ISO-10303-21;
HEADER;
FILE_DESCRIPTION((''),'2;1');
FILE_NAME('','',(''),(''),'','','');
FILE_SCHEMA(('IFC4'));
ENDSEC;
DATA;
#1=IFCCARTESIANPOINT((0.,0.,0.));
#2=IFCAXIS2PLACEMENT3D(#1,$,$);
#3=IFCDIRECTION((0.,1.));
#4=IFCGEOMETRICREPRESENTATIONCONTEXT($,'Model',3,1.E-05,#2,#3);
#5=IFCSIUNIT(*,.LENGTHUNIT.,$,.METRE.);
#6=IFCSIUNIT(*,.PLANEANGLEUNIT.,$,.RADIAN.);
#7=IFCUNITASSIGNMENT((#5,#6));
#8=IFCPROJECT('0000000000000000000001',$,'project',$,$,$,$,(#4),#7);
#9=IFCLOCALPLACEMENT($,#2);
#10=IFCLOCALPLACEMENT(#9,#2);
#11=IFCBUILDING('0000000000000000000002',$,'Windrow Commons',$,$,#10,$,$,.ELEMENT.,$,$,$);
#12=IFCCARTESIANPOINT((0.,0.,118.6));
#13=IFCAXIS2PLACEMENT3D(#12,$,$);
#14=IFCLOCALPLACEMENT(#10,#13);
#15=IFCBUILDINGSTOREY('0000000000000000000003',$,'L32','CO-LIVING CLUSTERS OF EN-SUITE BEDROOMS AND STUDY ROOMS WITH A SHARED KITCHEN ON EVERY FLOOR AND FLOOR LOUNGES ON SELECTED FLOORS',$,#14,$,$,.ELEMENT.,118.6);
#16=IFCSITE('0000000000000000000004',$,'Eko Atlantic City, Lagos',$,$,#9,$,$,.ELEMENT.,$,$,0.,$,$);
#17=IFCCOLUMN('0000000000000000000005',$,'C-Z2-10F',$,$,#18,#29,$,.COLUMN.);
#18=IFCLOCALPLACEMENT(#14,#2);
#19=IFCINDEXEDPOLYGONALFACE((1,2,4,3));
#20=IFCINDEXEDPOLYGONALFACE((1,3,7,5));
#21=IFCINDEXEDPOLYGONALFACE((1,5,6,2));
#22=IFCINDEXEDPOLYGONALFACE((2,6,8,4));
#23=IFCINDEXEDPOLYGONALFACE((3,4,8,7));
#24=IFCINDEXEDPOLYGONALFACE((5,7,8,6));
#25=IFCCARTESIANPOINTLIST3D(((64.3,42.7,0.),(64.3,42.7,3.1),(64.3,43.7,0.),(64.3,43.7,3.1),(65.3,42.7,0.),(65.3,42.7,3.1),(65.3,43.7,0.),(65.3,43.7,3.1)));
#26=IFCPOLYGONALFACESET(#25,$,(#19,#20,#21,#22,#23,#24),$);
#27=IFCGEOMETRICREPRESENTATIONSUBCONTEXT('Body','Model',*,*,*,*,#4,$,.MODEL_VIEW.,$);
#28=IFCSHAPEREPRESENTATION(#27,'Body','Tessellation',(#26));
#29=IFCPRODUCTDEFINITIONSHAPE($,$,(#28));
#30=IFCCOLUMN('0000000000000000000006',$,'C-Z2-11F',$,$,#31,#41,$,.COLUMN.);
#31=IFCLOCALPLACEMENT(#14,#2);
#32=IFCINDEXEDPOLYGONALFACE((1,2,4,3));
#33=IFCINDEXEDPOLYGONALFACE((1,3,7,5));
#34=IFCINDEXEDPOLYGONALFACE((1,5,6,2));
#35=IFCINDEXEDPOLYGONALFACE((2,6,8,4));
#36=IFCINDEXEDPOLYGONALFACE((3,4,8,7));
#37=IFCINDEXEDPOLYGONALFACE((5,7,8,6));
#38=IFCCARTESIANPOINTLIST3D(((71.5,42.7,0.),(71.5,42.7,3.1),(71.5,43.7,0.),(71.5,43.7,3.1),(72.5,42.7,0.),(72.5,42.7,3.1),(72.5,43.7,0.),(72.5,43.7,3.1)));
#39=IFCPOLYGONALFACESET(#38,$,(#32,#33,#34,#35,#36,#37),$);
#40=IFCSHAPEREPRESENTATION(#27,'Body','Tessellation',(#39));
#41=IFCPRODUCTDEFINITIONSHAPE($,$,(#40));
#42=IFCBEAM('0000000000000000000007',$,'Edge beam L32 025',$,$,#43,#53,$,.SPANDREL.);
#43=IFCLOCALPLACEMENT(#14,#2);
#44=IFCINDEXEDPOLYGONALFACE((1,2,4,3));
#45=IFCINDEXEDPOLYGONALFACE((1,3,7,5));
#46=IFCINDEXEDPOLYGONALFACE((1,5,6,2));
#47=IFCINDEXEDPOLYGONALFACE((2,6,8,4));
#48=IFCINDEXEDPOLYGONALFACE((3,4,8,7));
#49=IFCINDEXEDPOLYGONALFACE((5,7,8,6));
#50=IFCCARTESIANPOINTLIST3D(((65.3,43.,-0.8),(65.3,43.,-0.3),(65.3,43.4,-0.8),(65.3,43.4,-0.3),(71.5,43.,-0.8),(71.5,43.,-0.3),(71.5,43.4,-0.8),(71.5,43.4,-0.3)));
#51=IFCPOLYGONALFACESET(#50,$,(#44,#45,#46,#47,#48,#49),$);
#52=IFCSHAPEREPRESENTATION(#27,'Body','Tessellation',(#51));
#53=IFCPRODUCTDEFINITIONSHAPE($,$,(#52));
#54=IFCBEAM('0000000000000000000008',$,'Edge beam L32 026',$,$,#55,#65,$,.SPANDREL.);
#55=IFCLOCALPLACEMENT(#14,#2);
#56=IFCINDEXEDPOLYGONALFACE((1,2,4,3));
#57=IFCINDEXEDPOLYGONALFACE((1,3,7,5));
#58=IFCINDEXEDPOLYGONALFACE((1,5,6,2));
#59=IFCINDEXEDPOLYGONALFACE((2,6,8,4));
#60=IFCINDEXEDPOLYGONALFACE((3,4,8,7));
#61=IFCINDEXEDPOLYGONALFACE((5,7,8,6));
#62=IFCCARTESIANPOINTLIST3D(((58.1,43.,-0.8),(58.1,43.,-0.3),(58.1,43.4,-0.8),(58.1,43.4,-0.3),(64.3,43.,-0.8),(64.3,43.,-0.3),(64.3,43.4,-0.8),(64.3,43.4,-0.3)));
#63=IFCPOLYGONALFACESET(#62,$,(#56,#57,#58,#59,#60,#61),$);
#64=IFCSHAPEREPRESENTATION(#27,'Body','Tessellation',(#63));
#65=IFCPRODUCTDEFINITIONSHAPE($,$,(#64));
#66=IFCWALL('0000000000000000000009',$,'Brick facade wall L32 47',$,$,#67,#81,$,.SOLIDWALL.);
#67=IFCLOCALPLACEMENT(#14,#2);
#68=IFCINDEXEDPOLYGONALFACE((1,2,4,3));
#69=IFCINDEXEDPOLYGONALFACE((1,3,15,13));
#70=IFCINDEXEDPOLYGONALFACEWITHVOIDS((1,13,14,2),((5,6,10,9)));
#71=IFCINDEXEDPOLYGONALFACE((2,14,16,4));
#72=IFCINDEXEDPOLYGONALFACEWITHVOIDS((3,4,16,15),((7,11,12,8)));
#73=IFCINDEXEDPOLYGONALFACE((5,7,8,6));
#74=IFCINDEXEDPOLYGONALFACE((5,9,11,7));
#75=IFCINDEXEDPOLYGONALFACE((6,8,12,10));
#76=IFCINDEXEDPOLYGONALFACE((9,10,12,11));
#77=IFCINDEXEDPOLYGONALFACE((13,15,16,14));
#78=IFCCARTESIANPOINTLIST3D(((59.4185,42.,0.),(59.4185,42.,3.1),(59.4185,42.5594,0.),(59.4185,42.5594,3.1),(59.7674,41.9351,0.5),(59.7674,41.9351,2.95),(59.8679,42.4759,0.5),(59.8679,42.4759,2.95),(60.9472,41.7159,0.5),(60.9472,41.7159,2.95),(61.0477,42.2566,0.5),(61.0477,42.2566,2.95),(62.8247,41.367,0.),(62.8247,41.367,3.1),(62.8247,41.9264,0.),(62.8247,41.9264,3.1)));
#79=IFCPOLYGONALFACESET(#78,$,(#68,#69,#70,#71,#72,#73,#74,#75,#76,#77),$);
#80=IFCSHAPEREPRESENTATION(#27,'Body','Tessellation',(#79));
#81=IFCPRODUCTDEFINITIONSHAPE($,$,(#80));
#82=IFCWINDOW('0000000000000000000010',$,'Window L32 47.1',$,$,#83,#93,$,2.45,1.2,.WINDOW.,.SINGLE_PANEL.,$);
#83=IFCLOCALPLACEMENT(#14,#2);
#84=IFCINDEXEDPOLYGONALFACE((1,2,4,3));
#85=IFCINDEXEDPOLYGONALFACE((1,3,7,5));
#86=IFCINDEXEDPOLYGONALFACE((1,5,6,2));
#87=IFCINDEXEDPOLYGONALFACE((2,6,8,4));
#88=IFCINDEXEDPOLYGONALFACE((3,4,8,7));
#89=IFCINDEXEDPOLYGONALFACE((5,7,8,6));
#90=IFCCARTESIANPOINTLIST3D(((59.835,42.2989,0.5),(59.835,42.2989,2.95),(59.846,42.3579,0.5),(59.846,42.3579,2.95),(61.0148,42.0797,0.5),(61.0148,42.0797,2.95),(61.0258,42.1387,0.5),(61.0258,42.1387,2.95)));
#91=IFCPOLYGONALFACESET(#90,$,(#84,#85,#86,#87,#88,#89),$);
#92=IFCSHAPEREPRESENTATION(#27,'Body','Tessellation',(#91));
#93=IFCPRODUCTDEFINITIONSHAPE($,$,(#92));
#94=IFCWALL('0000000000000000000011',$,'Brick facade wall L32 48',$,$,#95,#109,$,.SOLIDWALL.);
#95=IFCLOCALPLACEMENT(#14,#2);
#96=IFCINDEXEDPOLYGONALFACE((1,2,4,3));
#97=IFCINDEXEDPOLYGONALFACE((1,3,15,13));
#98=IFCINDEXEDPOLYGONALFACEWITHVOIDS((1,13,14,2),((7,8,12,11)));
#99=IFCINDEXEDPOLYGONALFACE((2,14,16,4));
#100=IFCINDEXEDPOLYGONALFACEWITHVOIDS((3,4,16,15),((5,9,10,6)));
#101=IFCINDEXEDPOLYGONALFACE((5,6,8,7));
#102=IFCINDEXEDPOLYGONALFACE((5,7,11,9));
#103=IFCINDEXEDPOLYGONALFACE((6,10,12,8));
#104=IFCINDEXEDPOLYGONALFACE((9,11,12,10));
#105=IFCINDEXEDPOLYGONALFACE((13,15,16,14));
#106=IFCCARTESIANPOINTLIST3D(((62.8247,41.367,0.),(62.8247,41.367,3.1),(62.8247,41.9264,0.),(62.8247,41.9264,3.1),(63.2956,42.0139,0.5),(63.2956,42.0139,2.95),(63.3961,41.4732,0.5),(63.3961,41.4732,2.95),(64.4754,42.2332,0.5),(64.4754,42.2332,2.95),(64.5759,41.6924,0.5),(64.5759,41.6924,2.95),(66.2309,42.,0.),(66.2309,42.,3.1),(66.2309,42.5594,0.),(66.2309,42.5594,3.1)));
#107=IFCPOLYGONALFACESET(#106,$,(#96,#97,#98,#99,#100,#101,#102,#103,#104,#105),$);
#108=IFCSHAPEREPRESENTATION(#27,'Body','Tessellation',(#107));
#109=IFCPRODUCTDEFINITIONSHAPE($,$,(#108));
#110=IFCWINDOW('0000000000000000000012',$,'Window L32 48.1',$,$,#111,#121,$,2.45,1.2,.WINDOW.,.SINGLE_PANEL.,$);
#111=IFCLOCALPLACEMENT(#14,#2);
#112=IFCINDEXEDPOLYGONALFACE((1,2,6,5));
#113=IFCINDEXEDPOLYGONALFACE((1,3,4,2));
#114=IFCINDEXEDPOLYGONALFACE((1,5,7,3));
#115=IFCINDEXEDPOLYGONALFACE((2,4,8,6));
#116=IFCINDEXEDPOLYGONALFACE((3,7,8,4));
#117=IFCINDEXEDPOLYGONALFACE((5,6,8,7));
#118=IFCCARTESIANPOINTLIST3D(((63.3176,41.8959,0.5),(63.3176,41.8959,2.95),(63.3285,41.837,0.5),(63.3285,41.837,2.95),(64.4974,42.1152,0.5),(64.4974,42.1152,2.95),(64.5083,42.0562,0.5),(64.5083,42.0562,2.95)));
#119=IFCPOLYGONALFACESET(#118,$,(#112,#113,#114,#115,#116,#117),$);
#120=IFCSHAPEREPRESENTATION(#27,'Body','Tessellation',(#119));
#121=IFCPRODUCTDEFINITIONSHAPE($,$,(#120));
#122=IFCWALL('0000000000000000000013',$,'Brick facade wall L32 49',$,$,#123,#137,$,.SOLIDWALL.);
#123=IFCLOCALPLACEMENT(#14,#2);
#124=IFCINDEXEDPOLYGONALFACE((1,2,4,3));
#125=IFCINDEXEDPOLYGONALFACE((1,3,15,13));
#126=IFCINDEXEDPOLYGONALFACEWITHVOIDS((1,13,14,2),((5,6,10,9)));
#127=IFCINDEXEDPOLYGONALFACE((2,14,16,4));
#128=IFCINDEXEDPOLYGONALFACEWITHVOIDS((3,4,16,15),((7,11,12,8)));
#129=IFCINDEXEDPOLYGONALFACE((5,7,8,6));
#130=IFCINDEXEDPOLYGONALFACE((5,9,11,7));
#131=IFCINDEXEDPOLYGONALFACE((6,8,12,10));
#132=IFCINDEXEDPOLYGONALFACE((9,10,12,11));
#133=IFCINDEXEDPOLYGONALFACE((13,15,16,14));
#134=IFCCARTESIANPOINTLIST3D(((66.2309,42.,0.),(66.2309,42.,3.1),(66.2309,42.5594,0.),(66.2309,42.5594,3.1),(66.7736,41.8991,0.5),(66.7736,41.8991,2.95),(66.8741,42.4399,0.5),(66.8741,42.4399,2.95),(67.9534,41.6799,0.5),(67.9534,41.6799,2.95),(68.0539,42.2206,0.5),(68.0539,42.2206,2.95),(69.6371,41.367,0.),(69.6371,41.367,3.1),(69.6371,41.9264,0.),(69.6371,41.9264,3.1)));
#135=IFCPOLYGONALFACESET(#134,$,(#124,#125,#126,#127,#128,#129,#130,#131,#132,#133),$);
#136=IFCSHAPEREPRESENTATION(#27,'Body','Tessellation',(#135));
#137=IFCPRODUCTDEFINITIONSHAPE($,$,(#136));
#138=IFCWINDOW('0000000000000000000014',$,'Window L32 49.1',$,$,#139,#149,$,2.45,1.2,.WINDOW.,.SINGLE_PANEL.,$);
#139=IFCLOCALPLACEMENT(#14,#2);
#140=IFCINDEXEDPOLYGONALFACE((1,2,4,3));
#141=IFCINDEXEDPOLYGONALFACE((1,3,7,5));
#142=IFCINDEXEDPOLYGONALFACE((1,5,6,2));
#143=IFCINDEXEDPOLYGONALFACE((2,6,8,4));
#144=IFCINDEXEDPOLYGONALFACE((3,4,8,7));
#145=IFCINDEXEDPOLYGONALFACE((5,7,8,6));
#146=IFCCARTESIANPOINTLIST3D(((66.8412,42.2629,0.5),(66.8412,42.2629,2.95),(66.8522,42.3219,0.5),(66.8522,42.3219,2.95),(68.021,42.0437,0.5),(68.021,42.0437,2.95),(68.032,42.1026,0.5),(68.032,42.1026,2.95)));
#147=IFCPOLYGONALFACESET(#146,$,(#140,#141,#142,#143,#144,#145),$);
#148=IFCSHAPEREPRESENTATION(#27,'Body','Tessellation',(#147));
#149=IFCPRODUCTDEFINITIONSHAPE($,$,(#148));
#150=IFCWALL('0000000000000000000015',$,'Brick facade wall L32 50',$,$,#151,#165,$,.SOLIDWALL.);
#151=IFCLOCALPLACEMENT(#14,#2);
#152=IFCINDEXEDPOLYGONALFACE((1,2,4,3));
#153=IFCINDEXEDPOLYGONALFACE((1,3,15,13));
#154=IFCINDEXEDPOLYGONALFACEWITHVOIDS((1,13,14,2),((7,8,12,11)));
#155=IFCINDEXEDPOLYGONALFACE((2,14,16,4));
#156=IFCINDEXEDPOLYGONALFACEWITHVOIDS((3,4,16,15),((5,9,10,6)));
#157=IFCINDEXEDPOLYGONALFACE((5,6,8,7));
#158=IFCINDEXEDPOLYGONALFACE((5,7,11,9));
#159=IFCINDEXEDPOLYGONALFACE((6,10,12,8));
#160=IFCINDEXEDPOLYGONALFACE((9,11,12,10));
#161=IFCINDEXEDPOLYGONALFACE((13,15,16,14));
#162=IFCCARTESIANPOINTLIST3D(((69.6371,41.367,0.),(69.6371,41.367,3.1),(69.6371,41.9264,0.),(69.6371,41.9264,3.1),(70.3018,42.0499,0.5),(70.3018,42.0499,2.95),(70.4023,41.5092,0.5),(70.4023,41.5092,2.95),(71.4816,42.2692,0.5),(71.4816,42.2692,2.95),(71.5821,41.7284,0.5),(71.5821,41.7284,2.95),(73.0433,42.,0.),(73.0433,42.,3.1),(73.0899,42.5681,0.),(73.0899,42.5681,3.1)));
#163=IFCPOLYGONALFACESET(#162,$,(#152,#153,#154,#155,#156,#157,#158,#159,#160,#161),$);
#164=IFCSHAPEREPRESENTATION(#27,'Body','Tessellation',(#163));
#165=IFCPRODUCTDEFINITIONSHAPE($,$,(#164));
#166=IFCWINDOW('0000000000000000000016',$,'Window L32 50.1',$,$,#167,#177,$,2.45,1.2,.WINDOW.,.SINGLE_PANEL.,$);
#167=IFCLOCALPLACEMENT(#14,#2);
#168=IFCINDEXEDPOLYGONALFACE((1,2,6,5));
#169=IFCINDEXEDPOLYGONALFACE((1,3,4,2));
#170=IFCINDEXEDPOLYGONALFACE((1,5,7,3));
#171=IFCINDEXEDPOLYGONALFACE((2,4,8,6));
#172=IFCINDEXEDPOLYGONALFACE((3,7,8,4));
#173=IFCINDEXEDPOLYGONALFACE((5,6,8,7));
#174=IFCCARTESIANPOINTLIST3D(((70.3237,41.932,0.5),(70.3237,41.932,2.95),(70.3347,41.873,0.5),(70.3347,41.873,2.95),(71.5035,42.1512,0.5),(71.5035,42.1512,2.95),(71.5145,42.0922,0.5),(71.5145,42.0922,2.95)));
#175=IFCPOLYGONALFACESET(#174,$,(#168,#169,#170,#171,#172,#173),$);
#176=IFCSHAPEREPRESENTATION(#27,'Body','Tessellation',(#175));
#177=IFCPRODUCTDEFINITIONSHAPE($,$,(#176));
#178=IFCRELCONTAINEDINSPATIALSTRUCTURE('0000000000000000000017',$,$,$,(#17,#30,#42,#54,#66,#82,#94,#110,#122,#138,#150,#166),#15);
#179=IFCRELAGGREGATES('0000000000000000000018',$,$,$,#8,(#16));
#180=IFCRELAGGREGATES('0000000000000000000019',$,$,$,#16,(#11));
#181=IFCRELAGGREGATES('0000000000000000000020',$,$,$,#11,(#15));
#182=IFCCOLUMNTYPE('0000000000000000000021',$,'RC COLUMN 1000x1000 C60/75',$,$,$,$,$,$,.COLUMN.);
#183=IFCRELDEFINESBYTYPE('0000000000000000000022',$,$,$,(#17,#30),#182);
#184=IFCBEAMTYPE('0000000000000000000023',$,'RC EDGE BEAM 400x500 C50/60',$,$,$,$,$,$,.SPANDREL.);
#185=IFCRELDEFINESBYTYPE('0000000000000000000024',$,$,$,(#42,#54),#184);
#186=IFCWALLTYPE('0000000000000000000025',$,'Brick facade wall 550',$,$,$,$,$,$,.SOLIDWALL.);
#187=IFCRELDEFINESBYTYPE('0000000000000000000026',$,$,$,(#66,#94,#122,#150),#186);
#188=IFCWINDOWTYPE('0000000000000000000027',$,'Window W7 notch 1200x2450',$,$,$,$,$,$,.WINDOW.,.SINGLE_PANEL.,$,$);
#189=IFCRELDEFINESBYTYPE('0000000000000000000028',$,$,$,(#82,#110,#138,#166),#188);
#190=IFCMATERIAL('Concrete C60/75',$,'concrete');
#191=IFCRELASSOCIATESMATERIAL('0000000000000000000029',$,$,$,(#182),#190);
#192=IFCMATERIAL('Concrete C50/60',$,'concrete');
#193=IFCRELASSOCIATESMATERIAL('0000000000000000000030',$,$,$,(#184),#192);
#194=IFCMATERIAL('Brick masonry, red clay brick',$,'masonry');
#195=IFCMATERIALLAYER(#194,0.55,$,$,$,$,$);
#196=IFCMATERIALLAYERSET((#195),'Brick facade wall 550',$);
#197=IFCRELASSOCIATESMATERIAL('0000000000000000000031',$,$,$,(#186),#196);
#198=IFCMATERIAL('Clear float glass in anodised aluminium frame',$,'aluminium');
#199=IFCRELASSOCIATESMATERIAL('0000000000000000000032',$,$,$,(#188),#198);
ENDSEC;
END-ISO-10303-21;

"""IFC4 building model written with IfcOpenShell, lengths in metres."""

from ifc_helpers import new_model, si_unit, direction, frame, frame_2d, origin, origin_2d, place, context, subcontext, project, spatial, polyline, rectangle, outline, extrude, material, layer, layer_set, material_profile, profile_set, type_object, element, fill, save


model = new_model("IFC4")

# Units and contexts
model_context = context("Model", 3, precision=1e-05, world=origin(), true_north=direction((0.0, 1.0)))
body_context = subcontext(model_context, "Body", "Model", "MODEL_VIEW")
ifc_project = project(units=[si_unit("LENGTHUNIT", "METRE"), si_unit("PLANEANGLEUNIT", "RADIAN")], contexts=[model_context])

# Site, building, storey
site_placement = place(None, origin())
site = spatial("IfcSite", under=ifc_project, at=site_placement, Name="Eko Atlantic City, Lagos", CompositionType="ELEMENT", RefElevation=0.0)
building_placement = place(site_placement, origin())
building = spatial("IfcBuilding", under=site, at=building_placement, Name="Windrow Commons", CompositionType="ELEMENT")
storey_placement = place(building_placement, frame((0.0, 0.0, 118.6)))
storey = spatial("IfcBuildingStorey", under=building, at=storey_placement, Name="L32", Description="CO-LIVING CLUSTERS OF EN-SUITE BEDROOMS AND STUDY ROOMS WITH A SHARED KITCHEN ON EVERY FLOOR AND FLOOR LOUNGES ON SELECTED FLOORS", CompositionType="ELEMENT", Elevation=118.6)

# Columns
ifc_material_1 = material(Name="Concrete C60/75", Category="concrete")
ifc_material_profile_1 = material_profile(ifc_material_1, rectangle(XDim=1.0, YDim=1.0, at=origin_2d()))
ifc_profile_set_1 = profile_set([ifc_material_profile_1], Name="Concrete C60/75")
column_type = type_object("IfcColumnType", Name="RC COLUMN 1000x1000 C60/75", PredefinedType="COLUMN", material=ifc_profile_set_1)
for number, where, z_axis, x_axis, name in (
    (1, (64.8, 43.2, 0.0), (0.0, 0.0, 1.0), (1.0, 0.0, 0.0), "C-Z2-10F"),
    (2, (72.0, 43.2, 0.0), (0.0, 0.0, 1.0), (1.0, 0.0, 0.0), "C-Z2-11F"),
):
    element("IfcColumn", number, at=place(storey_placement, frame(where, z_axis=z_axis, x_axis=x_axis)), inside=storey, type_object=column_type, Name=name, PredefinedType="COLUMN", context=body_context, shape_type="SweptSolid", body=[
        extrude(rectangle(XDim=1.0, YDim=1.0, at=origin_2d()), origin(), (0.0, 0.0, 1.0), 3.1),
    ])

# Beams
ifc_material_2 = material(Name="Concrete C50/60", Category="concrete")
ifc_material_profile_2 = material_profile(ifc_material_2, rectangle(XDim=0.4, YDim=0.5, at=origin_2d()))
ifc_profile_set_2 = profile_set([ifc_material_profile_2], Name="Concrete C50/60")
beam_type = type_object("IfcBeamType", Name="RC EDGE BEAM 400x500 C50/60", PredefinedType="SPANDREL", material=ifc_profile_set_2)
for number, where, z_axis, x_axis, name in (
    (3, (71.5, 43.2, -0.55), (-1.0, 0.0, 0.0), (0.0, -1.0, 0.0), "Edge beam L32 025"),
    (4, (64.3, 43.2, -0.55), (-1.0, 0.0, 0.0), (0.0, -1.0, 0.0), "Edge beam L32 026"),
):
    element("IfcBeam", number, at=place(storey_placement, frame(where, z_axis=z_axis, x_axis=x_axis)), inside=storey, type_object=beam_type, Name=name, PredefinedType="SPANDREL", context=body_context, shape_type="SweptSolid", body=[
        extrude(rectangle(XDim=0.4, YDim=0.5, at=origin_2d()), origin(), (0.0, 0.0, 1.0), 6.2),
    ])

# Walls, openings, windows
ifc_material_3 = material(Name="Brick masonry, red clay brick", Category="masonry")
ifc_layer_1 = layer(ifc_material_3, 0.55)
ifc_layer_set_1 = layer_set([ifc_layer_1], Name="Brick facade wall 550")
wall_type_1 = type_object("IfcWallType", Name="Brick facade wall 550", PredefinedType="SOLIDWALL", material=ifc_layer_set_1)
wall_1_placement = place(storey_placement, frame((59.4185, 42.2797, 0.0), z_axis=(0.0, 0.0, 1.0), x_axis=(0.983167, -0.182709, 0.0)))
wall_1 = element("IfcWall", 5, at=wall_1_placement, inside=storey, type_object=wall_type_1, Name="Brick facade wall L32 47", PredefinedType="SOLIDWALL", context=body_context, shape_type="SweptSolid", body=[
    extrude(outline(polyline([(0.0511, -0.275), (3.5156, -0.275), (3.4134, 0.275), (-0.0511, 0.275), (0.0511, -0.275)])), origin(), (0.0, 0.0, 1.0), 3.1),
])
opening_1_placement = place(wall_1_placement, frame((0.406, 0.0, 0.5)))
opening_1 = element("IfcOpeningElement", 6, at=opening_1_placement, cuts=wall_1, PredefinedType="OPENING", context=body_context, shape_type="SweptSolid", body=[
    extrude(rectangle(XDim=1.2, YDim=2.45, at=frame_2d((0.6, 1.225))), frame((0.0, 0.285, 0.0), z_axis=(0.0, -1.0, 0.0), x_axis=(1.0, 0.0, 0.0)), (0.0, 0.0, 1.0), 0.57),
])
ifc_material_4 = material(Name="Clear float glass in anodised aluminium frame", Category="aluminium")
window_type = type_object("IfcWindowType", Name="Window W7 notch 1200x2450", PartitioningType="SINGLE_PANEL", PredefinedType="WINDOW", material=ifc_material_4)
window_1_placement = place(opening_1_placement, origin())
window_1 = element("IfcWindow", 7, at=window_1_placement, inside=storey, type_object=window_type, Name="Window L32 47.1", OverallHeight=2.45, OverallWidth=1.2, PartitioningType="SINGLE_PANEL", PredefinedType="WINDOW", context=body_context, shape_type="SweptSolid", body=[
    extrude(rectangle(XDim=1.2, YDim=2.45, at=frame_2d((0.6, 1.225))), frame((0.0, 0.155, 0.0), z_axis=(0.0, -1.0, 0.0), x_axis=(1.0, 0.0, 0.0)), (0.0, 0.0, 1.0), 0.06),
])
fill(opening_1, window_1)
wall_2_placement = place(storey_placement, frame((62.8247, 41.6467, 0.0), z_axis=(0.0, 0.0, 1.0), x_axis=(0.983167, 0.182709, 0.0)))
wall_2 = element("IfcWall", 8, at=wall_2_placement, inside=storey, type_object=wall_type_1, Name="Brick facade wall L32 48", PredefinedType="SOLIDWALL", context=body_context, shape_type="SweptSolid", body=[
    extrude(outline(polyline([(-0.0511, -0.275), (3.4134, -0.275), (3.5156, 0.275), (0.0511, 0.275), (-0.0511, -0.275)])), origin(), (0.0, 0.0, 1.0), 3.1),
])
opening_2_placement = place(wall_2_placement, frame((0.5301, 0.0, 0.5)))
opening_2 = element("IfcOpeningElement", 9, at=opening_2_placement, cuts=wall_2, PredefinedType="OPENING", context=body_context, shape_type="SweptSolid", body=[
    extrude(rectangle(XDim=1.2, YDim=2.45, at=frame_2d((0.6, 1.225))), frame((0.0, 0.285, 0.0), z_axis=(0.0, -1.0, 0.0), x_axis=(1.0, 0.0, 0.0)), (0.0, 0.0, 1.0), 0.57),
])
window_2_placement = place(opening_2_placement, origin())
window_2 = element("IfcWindow", 10, at=window_2_placement, inside=storey, type_object=window_type, Name="Window L32 48.1", OverallHeight=2.45, OverallWidth=1.2, PartitioningType="SINGLE_PANEL", PredefinedType="WINDOW", context=body_context, shape_type="SweptSolid", body=[
    extrude(rectangle(XDim=1.2, YDim=2.45, at=frame_2d((0.6, 1.225))), frame((0.0, 0.155, 0.0), z_axis=(0.0, -1.0, 0.0), x_axis=(1.0, 0.0, 0.0)), (0.0, 0.0, 1.0), 0.06),
])
fill(opening_2, window_2)
wall_3_placement = place(storey_placement, frame((66.2309, 42.2797, 0.0), z_axis=(0.0, 0.0, 1.0), x_axis=(0.983167, -0.182709, 0.0)))
wall_3 = element("IfcWall", 11, at=wall_3_placement, inside=storey, type_object=wall_type_1, Name="Brick facade wall L32 49", PredefinedType="SOLIDWALL", context=body_context, shape_type="SweptSolid", body=[
    extrude(outline(polyline([(0.0511, -0.275), (3.5156, -0.275), (3.4134, 0.275), (-0.0511, 0.275), (0.0511, -0.275)])), origin(), (0.0, 0.0, 1.0), 3.1),
])
opening_3_placement = place(wall_3_placement, frame((0.6031, 0.0, 0.5)))
opening_3 = element("IfcOpeningElement", 12, at=opening_3_placement, cuts=wall_3, PredefinedType="OPENING", context=body_context, shape_type="SweptSolid", body=[
    extrude(rectangle(XDim=1.2, YDim=2.45, at=frame_2d((0.6, 1.225))), frame((0.0, 0.285, 0.0), z_axis=(0.0, -1.0, 0.0), x_axis=(1.0, 0.0, 0.0)), (0.0, 0.0, 1.0), 0.57),
])
window_3_placement = place(opening_3_placement, origin())
window_3 = element("IfcWindow", 13, at=window_3_placement, inside=storey, type_object=window_type, Name="Window L32 49.1", OverallHeight=2.45, OverallWidth=1.2, PartitioningType="SINGLE_PANEL", PredefinedType="WINDOW", context=body_context, shape_type="SweptSolid", body=[
    extrude(rectangle(XDim=1.2, YDim=2.45, at=frame_2d((0.6, 1.225))), frame((0.0, 0.155, 0.0), z_axis=(0.0, -1.0, 0.0), x_axis=(1.0, 0.0, 0.0)), (0.0, 0.0, 1.0), 0.06),
])
fill(opening_3, window_3)
wall_4_placement = place(storey_placement, frame((69.6371, 41.6467, 0.0), z_axis=(0.0, 0.0, 1.0), x_axis=(0.983168, 0.182706, 0.0)))
wall_4 = element("IfcWall", 14, at=wall_4_placement, inside=storey, type_object=wall_type_1, Name="Brick facade wall L32 50", PredefinedType="SOLIDWALL", context=body_context, shape_type="SweptSolid", body=[
    extrude(outline(polyline([(-0.0511, -0.275), (3.4134, -0.275), (3.563, 0.275), (0.0511, 0.275), (-0.0511, -0.275)])), origin(), (0.0, 0.0, 1.0), 3.1),
])
opening_4_placement = place(wall_4_placement, frame((0.7272, 0.0, 0.5)))
opening_4 = element("IfcOpeningElement", 15, at=opening_4_placement, cuts=wall_4, PredefinedType="OPENING", context=body_context, shape_type="SweptSolid", body=[
    extrude(rectangle(XDim=1.2, YDim=2.45, at=frame_2d((0.6, 1.225))), frame((0.0, 0.285, 0.0), z_axis=(0.0, -1.0, 0.0), x_axis=(1.0, 0.0, 0.0)), (0.0, 0.0, 1.0), 0.57),
])
window_4_placement = place(opening_4_placement, origin())
window_4 = element("IfcWindow", 16, at=window_4_placement, inside=storey, type_object=window_type, Name="Window L32 50.1", OverallHeight=2.45, OverallWidth=1.2, PartitioningType="SINGLE_PANEL", PredefinedType="WINDOW", context=body_context, shape_type="SweptSolid", body=[
    extrude(rectangle(XDim=1.2, YDim=2.45, at=frame_2d((0.6, 1.225))), frame((0.0, 0.155, 0.0), z_axis=(0.0, -1.0, 0.0), x_axis=(1.0, 0.0, 0.0)), (0.0, 0.0, 1.0), 0.06),
])
fill(opening_4, window_4)

save(model, "model.ifc")
